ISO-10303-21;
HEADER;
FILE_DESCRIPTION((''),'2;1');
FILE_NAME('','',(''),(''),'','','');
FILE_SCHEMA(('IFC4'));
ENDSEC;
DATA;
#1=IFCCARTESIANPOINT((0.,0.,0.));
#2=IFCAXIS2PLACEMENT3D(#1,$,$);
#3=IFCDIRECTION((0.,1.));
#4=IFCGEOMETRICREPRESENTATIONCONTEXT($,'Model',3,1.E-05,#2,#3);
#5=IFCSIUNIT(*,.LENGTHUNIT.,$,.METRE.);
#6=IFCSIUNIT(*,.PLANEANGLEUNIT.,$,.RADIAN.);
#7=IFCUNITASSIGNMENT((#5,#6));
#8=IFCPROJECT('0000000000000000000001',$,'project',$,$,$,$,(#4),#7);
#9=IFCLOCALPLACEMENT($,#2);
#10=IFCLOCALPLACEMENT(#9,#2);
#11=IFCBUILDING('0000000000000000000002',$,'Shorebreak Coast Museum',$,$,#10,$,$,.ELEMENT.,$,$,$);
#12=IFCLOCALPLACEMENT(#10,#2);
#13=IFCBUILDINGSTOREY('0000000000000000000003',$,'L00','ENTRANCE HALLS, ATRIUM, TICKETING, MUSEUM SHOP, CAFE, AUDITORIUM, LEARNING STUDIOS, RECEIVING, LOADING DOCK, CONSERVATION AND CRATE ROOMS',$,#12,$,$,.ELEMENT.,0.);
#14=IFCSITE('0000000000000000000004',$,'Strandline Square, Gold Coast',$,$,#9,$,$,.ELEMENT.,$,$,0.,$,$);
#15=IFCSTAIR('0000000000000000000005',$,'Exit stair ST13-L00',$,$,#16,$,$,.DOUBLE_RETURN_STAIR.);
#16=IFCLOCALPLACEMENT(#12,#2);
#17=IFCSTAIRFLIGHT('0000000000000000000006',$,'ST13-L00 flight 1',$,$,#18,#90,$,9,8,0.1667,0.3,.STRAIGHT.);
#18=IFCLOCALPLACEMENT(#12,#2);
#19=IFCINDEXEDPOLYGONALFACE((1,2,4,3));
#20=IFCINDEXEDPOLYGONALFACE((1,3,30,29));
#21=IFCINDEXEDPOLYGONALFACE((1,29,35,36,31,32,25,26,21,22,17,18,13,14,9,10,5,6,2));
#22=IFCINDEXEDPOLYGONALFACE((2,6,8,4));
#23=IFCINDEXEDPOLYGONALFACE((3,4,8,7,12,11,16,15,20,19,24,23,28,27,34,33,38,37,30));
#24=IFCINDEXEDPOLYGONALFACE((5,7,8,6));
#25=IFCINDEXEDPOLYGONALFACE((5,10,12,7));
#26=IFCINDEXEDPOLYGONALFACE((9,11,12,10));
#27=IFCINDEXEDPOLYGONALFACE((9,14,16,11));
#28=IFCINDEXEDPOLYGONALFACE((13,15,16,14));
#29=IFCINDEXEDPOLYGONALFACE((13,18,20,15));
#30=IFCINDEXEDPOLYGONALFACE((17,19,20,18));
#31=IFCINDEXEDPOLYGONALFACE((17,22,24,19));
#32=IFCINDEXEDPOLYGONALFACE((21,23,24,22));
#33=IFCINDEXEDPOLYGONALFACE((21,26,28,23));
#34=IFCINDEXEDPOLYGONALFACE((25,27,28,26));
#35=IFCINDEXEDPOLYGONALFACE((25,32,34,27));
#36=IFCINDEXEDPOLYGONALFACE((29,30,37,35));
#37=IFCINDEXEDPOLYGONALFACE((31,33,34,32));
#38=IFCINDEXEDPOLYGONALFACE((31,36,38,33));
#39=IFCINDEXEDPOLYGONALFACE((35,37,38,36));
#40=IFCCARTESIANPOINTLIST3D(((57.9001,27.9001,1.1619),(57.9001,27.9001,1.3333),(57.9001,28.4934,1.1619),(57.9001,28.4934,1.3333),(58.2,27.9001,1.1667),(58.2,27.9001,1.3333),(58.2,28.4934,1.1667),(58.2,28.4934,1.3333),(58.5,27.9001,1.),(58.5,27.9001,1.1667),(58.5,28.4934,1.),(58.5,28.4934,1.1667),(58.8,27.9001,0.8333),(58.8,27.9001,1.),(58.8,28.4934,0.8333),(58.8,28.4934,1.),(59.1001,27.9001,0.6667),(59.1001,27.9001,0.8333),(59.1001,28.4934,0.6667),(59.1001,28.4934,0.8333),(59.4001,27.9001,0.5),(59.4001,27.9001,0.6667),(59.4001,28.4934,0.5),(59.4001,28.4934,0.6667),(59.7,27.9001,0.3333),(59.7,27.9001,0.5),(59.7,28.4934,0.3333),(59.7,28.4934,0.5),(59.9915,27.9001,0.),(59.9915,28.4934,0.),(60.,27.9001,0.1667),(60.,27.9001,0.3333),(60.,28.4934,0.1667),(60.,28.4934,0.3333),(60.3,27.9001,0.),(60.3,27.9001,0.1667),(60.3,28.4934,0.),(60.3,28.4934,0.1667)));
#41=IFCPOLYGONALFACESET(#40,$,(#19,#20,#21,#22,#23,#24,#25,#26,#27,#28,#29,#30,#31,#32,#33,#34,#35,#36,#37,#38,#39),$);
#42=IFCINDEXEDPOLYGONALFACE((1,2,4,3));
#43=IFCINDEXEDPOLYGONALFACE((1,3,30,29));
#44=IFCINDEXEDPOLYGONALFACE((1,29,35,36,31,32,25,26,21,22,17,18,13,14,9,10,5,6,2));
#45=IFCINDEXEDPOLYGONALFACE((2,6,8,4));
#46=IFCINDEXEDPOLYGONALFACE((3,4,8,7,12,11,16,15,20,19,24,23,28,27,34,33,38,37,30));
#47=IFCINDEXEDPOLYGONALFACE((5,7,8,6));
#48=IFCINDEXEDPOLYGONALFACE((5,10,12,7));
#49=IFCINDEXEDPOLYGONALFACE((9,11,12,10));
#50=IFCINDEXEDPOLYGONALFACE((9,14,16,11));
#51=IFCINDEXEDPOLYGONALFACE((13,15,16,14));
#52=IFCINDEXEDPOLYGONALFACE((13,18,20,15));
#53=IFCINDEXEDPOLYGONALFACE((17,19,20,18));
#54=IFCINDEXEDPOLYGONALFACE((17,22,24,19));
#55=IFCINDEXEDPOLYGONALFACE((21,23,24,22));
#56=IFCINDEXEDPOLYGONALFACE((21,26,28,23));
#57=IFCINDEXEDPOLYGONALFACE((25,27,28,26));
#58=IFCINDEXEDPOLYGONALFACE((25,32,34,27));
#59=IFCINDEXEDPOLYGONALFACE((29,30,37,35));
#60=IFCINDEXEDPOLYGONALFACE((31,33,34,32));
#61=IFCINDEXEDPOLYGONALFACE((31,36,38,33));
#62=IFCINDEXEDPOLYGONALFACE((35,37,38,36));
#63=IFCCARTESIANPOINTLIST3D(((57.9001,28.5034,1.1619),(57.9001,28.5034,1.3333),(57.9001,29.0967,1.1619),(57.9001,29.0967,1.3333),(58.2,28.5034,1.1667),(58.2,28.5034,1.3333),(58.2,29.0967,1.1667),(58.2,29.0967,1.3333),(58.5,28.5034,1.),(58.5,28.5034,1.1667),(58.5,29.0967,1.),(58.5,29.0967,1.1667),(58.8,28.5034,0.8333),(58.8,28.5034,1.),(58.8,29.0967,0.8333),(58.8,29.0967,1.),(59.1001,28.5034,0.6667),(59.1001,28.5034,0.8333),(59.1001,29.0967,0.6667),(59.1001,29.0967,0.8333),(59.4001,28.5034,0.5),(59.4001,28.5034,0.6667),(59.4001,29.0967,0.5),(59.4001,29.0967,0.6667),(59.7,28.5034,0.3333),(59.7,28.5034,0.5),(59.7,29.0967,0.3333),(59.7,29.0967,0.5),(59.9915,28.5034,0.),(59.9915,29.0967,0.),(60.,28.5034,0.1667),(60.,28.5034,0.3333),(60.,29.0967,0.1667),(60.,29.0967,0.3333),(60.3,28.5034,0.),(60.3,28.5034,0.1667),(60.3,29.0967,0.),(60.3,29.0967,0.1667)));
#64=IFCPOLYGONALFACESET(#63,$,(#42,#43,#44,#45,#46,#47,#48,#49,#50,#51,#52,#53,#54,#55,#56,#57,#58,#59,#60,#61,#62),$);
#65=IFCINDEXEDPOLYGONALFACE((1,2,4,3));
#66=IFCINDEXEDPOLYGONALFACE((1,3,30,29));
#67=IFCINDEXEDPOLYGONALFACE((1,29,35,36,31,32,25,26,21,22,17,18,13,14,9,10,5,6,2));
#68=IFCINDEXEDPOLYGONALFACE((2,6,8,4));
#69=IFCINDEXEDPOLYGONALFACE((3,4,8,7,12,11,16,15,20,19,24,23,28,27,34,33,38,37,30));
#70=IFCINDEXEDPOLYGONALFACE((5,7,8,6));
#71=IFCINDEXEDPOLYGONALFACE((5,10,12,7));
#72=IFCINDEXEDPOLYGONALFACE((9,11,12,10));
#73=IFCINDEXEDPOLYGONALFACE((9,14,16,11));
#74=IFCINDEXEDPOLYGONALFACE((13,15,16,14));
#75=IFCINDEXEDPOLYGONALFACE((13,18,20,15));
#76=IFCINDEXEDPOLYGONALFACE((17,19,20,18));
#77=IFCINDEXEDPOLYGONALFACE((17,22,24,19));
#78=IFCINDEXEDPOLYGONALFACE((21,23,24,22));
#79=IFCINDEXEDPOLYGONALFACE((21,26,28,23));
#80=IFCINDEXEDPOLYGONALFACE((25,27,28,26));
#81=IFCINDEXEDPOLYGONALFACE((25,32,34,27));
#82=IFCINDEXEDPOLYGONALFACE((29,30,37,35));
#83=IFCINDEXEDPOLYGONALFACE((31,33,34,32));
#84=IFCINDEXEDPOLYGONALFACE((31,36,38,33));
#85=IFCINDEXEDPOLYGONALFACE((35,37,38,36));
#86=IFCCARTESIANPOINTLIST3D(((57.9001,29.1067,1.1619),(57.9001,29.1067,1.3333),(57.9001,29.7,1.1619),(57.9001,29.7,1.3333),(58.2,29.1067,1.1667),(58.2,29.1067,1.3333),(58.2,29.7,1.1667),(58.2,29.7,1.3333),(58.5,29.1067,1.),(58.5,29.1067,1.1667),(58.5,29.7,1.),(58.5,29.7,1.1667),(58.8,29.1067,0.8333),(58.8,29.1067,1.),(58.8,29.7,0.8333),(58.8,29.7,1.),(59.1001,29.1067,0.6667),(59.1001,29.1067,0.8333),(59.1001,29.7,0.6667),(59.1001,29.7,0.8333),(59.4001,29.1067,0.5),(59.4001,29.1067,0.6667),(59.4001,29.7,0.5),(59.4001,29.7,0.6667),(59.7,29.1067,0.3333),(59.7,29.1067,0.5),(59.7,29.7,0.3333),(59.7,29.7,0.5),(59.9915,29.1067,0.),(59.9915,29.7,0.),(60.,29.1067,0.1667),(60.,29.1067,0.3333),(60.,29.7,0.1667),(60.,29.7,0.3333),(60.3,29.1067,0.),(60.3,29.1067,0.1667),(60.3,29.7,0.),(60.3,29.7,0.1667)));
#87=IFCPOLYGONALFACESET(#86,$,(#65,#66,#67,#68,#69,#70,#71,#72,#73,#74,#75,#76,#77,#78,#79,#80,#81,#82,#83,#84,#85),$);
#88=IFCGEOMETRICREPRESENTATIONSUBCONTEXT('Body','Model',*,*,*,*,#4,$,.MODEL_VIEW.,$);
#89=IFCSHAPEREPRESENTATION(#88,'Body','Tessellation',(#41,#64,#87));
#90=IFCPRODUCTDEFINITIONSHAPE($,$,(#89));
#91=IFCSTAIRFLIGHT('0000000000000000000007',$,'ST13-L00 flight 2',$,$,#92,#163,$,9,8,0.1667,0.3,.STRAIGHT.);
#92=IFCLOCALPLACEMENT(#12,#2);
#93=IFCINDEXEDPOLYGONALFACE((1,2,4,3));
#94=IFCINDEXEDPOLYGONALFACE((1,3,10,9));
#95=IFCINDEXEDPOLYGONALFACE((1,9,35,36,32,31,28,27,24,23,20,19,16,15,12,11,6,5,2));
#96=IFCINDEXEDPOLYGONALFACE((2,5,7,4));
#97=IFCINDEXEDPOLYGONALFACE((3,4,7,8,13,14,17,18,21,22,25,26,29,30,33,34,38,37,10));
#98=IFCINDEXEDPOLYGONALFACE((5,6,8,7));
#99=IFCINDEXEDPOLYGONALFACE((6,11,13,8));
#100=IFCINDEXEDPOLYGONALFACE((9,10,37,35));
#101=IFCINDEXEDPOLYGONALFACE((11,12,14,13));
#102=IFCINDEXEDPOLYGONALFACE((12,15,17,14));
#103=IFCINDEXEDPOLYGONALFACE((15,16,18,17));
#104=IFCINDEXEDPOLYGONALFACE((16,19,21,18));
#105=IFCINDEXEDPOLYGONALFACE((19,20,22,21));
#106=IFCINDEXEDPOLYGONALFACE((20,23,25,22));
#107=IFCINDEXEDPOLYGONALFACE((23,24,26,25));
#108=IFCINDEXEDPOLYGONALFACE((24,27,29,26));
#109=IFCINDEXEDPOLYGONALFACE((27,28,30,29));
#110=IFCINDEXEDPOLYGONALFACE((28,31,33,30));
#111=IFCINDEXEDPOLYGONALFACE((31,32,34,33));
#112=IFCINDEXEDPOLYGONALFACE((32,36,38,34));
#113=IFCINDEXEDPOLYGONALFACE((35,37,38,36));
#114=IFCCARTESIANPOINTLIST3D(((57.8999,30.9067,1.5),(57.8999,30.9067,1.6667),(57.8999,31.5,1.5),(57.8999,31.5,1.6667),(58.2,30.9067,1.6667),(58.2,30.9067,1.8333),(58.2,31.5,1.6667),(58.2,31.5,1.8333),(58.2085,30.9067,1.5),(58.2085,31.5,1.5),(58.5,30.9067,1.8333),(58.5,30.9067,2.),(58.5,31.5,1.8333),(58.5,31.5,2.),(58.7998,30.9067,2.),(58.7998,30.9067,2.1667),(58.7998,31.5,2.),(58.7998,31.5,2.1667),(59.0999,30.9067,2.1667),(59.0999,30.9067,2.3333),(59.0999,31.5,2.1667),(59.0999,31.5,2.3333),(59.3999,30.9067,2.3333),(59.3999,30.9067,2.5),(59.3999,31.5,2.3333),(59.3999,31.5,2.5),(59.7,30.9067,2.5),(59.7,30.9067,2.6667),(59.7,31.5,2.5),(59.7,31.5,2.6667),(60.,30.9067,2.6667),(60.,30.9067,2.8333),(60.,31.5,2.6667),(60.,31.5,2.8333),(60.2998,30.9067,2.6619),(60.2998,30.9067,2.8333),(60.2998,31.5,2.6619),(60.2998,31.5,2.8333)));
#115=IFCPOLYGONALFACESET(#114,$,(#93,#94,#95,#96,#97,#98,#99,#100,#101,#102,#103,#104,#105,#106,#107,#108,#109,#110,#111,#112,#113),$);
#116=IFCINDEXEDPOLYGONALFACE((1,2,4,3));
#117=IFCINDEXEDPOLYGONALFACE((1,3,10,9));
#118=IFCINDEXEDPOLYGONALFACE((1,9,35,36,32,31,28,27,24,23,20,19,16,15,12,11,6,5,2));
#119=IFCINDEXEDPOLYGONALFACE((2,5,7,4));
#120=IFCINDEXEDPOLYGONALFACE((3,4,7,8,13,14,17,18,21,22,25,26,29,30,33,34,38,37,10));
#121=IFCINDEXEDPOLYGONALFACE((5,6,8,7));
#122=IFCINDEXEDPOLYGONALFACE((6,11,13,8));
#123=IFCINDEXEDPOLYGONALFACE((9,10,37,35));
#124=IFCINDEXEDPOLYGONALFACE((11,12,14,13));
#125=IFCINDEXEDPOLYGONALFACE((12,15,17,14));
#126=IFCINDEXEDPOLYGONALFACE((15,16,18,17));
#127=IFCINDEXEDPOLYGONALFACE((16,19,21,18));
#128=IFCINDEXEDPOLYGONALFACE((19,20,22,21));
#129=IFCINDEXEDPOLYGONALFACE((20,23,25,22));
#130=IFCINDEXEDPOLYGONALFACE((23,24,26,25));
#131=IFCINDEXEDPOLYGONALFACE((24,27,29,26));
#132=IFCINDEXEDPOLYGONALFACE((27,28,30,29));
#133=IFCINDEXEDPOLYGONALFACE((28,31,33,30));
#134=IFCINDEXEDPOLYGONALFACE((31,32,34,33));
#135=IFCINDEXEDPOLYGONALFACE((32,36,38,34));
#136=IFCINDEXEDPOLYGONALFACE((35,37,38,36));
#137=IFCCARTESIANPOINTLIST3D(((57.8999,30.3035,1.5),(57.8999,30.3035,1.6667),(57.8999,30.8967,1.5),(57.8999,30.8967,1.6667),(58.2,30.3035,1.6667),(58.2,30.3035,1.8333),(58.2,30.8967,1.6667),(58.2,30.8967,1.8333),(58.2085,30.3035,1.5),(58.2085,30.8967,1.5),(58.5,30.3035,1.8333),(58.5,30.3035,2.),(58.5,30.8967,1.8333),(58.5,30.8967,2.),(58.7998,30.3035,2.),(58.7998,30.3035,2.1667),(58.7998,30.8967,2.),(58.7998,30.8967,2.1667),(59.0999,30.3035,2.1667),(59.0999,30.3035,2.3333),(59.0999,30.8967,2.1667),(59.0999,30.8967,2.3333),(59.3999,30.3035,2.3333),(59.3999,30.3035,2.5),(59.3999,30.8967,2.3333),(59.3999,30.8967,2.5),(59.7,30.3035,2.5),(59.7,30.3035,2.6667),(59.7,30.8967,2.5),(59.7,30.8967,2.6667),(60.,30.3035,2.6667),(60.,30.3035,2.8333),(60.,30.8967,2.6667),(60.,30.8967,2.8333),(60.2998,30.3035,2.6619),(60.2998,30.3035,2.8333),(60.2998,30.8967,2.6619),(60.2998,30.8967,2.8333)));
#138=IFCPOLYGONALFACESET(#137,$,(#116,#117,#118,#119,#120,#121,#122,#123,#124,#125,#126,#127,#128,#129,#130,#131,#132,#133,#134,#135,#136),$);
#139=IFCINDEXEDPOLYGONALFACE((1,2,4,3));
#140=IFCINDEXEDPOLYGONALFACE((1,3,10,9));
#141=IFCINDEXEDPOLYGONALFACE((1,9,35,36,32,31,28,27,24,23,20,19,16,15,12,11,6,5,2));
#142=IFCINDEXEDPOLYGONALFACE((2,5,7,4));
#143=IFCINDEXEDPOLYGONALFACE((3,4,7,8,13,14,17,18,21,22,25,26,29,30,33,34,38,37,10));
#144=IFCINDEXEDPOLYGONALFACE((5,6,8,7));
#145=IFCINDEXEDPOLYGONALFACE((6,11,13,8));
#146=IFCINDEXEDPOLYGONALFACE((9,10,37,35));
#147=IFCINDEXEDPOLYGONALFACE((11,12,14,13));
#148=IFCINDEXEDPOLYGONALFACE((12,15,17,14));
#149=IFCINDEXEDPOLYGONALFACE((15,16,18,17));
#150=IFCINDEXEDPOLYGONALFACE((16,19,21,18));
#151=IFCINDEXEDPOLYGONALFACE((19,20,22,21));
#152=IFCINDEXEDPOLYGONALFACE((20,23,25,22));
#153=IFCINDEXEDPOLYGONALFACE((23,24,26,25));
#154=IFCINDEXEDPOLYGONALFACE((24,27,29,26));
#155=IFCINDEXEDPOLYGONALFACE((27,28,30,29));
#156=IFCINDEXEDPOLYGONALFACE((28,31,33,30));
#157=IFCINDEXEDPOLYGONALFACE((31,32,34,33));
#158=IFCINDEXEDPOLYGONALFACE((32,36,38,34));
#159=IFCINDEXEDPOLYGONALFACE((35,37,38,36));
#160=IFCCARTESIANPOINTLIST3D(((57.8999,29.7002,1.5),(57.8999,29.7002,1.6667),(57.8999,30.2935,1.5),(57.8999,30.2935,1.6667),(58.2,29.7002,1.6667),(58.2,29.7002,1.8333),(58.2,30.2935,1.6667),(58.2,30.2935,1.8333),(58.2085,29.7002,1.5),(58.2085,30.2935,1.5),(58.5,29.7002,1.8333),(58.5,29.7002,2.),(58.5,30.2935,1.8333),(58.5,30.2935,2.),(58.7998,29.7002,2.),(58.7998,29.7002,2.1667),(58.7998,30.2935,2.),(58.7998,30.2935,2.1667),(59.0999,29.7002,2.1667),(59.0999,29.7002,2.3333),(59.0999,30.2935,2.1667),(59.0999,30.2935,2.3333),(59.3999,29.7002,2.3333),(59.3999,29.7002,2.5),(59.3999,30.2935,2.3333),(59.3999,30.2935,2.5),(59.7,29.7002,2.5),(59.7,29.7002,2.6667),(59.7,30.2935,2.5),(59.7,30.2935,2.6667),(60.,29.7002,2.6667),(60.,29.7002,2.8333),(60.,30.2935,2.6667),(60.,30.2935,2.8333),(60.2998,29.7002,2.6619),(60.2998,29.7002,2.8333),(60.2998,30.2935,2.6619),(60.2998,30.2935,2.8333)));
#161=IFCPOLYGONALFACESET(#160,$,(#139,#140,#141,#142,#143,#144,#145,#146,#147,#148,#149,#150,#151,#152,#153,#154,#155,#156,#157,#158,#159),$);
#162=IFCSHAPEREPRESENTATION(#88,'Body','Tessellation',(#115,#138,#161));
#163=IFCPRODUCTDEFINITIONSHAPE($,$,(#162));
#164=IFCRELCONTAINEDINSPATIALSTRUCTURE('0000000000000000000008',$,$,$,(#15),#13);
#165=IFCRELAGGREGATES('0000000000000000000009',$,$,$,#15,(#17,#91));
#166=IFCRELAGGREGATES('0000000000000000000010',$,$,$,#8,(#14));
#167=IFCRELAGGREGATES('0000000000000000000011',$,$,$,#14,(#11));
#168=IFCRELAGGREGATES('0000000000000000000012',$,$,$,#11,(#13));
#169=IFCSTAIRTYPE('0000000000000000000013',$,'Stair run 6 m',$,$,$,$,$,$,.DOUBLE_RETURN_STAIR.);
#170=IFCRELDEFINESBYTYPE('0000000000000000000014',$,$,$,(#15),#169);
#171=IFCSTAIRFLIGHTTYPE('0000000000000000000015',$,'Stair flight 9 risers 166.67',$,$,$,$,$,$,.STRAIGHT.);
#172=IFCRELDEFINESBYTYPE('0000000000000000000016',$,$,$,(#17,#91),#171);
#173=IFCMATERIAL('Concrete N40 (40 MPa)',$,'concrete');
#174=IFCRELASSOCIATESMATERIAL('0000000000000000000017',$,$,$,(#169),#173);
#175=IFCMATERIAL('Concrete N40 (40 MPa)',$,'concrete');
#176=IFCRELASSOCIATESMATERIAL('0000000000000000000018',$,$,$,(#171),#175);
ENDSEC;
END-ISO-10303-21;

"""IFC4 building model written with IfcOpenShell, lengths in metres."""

from ifc_helpers import new_model, si_unit, direction, frame, origin, place, context, subcontext, project, spatial, polyline, outline, extrude, material, type_object, element, aggregate, save


model = new_model("IFC4")

# Units and contexts
model_context = context("Model", 3, precision=1e-05, world=origin(), true_north=direction((0.0, 1.0)))
body_context = subcontext(model_context, "Body", "Model", "MODEL_VIEW")
ifc_project = project(units=[si_unit("LENGTHUNIT", "METRE"), si_unit("PLANEANGLEUNIT", "RADIAN")], contexts=[model_context])

# Site, building, storey
site_placement = place(None, origin())
site = spatial("IfcSite", under=ifc_project, at=site_placement, Name="Strandline Square, Gold Coast", CompositionType="ELEMENT", RefElevation=0.0)
building_placement = place(site_placement, origin())
building = spatial("IfcBuilding", under=site, at=building_placement, Name="Shorebreak Coast Museum", CompositionType="ELEMENT")
storey_placement = place(building_placement, origin())
storey = spatial("IfcBuildingStorey", under=building, at=storey_placement, Name="L00", Description="ENTRANCE HALLS, ATRIUM, TICKETING, MUSEUM SHOP, CAFE, AUDITORIUM, LEARNING STUDIOS, RECEIVING, LOADING DOCK, CONSERVATION AND CRATE ROOMS", CompositionType="ELEMENT", Elevation=0.0)

# Stair, stair flights
ifc_material_1 = material(Name="Concrete N40 (40 MPa)", Category="concrete")
stair_type = type_object("IfcStairType", Name="Stair run 6 m", PredefinedType="DOUBLE_RETURN_STAIR", material=ifc_material_1)
stair_placement = place(storey_placement, origin())
stair = element("IfcStair", 1, at=stair_placement, inside=storey, type_object=stair_type, Name="Exit stair ST13-L00", PredefinedType="DOUBLE_RETURN_STAIR")
ifc_material_2 = material(Name="Concrete N40 (40 MPa)", Category="concrete")
stair_flight_type = type_object("IfcStairFlightType", Name="Stair flight 9 risers 166.67", PredefinedType="STRAIGHT", material=ifc_material_2)
stair_flight_1_placement = place(storey_placement, frame((60.3, 28.8, 0.0), z_axis=(0.0, 0.0, 1.0), x_axis=(-1.0, 0.0, 0.0)))
stair_flight_1 = element("IfcStairFlight", 2, at=stair_flight_1_placement, type_object=stair_flight_type, Name="ST13-L00 flight 1", NumberOfRisers=9, NumberOfTreads=8, PredefinedType="STRAIGHT", RiserHeight=0.1667, TreadLength=0.3, context=body_context, shape_type="SweptSolid", body=[
    extrude(outline(polyline([(0.0, 0.0), (0.0, 0.1667), (0.3, 0.1667), (0.3, 0.3333), (0.6001, 0.3333), (0.6001, 0.5), (0.8999, 0.5), (0.8999, 0.6667), (1.2, 0.6667), (1.2, 0.8333), (1.5, 0.8333), (1.5, 1.0), (1.8, 1.0), (1.8, 1.1667), (2.1001, 1.1667), (2.1001, 1.3333), (2.3999, 1.3333), (2.3999, 1.5), (2.3999, 1.1619), (0.3086, 0.0), (0.0, 0.0)])), frame((0.0, 0.8999, 0.0), z_axis=(0.0, -1.0, 0.0), x_axis=(1.0, 0.0, 0.0)), (0.0, 0.0, 1.0), 0.5933),
    extrude(outline(polyline([(0.0, 0.0), (0.0, 0.1667), (0.3, 0.1667), (0.3, 0.3333), (0.6001, 0.3333), (0.6001, 0.5), (0.8999, 0.5), (0.8999, 0.6667), (1.2, 0.6667), (1.2, 0.8333), (1.5, 0.8333), (1.5, 1.0), (1.8, 1.0), (1.8, 1.1667), (2.1001, 1.1667), (2.1001, 1.3333), (2.3999, 1.3333), (2.3999, 1.5), (2.3999, 1.1619), (0.3086, 0.0), (0.0, 0.0)])), frame((0.0, 0.2966, 0.0), z_axis=(0.0, -1.0, 0.0), x_axis=(1.0, 0.0, 0.0)), (0.0, 0.0, 1.0), 0.5933),
    extrude(outline(polyline([(0.0, 0.0), (0.0, 0.1667), (0.3, 0.1667), (0.3, 0.3333), (0.6001, 0.3333), (0.6001, 0.5), (0.8999, 0.5), (0.8999, 0.6667), (1.2, 0.6667), (1.2, 0.8333), (1.5, 0.8333), (1.5, 1.0), (1.8, 1.0), (1.8, 1.1667), (2.1001, 1.1667), (2.1001, 1.3333), (2.3999, 1.3333), (2.3999, 1.5), (2.3999, 1.1619), (0.3086, 0.0), (0.0, 0.0)])), frame((0.0, -0.3066, 0.0), z_axis=(0.0, -1.0, 0.0), x_axis=(1.0, 0.0, 0.0)), (0.0, 0.0, 1.0), 0.5933),
])
stair_flight_2_placement = place(storey_placement, frame((57.8999, 30.6001, 1.5), z_axis=(0.0, 0.0, 1.0), x_axis=(1.0, 0.0, 0.0)))
stair_flight_2 = element("IfcStairFlight", 3, at=stair_flight_2_placement, type_object=stair_flight_type, Name="ST13-L00 flight 2", NumberOfRisers=9, NumberOfTreads=8, PredefinedType="STRAIGHT", RiserHeight=0.1667, TreadLength=0.3, context=body_context, shape_type="SweptSolid", body=[
    extrude(outline(polyline([(0.0, 0.0), (0.0, 0.1667), (0.3, 0.1667), (0.3, 0.3333), (0.6001, 0.3333), (0.6001, 0.5), (0.8999, 0.5), (0.8999, 0.6667), (1.2, 0.6667), (1.2, 0.8333), (1.5, 0.8333), (1.5, 1.0), (1.8, 1.0), (1.8, 1.1667), (2.1001, 1.1667), (2.1001, 1.3333), (2.3999, 1.3333), (2.3999, 1.5), (2.3999, 1.1619), (0.3086, 0.0), (0.0, 0.0)])), frame((0.0, 0.8999, 0.0), z_axis=(0.0, -1.0, 0.0), x_axis=(1.0, 0.0, 0.0)), (0.0, 0.0, 1.0), 0.5933),
    extrude(outline(polyline([(0.0, 0.0), (0.0, 0.1667), (0.3, 0.1667), (0.3, 0.3333), (0.6001, 0.3333), (0.6001, 0.5), (0.8999, 0.5), (0.8999, 0.6667), (1.2, 0.6667), (1.2, 0.8333), (1.5, 0.8333), (1.5, 1.0), (1.8, 1.0), (1.8, 1.1667), (2.1001, 1.1667), (2.1001, 1.3333), (2.3999, 1.3333), (2.3999, 1.5), (2.3999, 1.1619), (0.3086, 0.0), (0.0, 0.0)])), frame((0.0, 0.2966, 0.0), z_axis=(0.0, -1.0, 0.0), x_axis=(1.0, 0.0, 0.0)), (0.0, 0.0, 1.0), 0.5933),
    extrude(outline(polyline([(0.0, 0.0), (0.0, 0.1667), (0.3, 0.1667), (0.3, 0.3333), (0.6001, 0.3333), (0.6001, 0.5), (0.8999, 0.5), (0.8999, 0.6667), (1.2, 0.6667), (1.2, 0.8333), (1.5, 0.8333), (1.5, 1.0), (1.8, 1.0), (1.8, 1.1667), (2.1001, 1.1667), (2.1001, 1.3333), (2.3999, 1.3333), (2.3999, 1.5), (2.3999, 1.1619), (0.3086, 0.0), (0.0, 0.0)])), frame((0.0, -0.3066, 0.0), z_axis=(0.0, -1.0, 0.0), x_axis=(1.0, 0.0, 0.0)), (0.0, 0.0, 1.0), 0.5933),
])
aggregate(stair, [stair_flight_1, stair_flight_2])

save(model, "model.ifc")
